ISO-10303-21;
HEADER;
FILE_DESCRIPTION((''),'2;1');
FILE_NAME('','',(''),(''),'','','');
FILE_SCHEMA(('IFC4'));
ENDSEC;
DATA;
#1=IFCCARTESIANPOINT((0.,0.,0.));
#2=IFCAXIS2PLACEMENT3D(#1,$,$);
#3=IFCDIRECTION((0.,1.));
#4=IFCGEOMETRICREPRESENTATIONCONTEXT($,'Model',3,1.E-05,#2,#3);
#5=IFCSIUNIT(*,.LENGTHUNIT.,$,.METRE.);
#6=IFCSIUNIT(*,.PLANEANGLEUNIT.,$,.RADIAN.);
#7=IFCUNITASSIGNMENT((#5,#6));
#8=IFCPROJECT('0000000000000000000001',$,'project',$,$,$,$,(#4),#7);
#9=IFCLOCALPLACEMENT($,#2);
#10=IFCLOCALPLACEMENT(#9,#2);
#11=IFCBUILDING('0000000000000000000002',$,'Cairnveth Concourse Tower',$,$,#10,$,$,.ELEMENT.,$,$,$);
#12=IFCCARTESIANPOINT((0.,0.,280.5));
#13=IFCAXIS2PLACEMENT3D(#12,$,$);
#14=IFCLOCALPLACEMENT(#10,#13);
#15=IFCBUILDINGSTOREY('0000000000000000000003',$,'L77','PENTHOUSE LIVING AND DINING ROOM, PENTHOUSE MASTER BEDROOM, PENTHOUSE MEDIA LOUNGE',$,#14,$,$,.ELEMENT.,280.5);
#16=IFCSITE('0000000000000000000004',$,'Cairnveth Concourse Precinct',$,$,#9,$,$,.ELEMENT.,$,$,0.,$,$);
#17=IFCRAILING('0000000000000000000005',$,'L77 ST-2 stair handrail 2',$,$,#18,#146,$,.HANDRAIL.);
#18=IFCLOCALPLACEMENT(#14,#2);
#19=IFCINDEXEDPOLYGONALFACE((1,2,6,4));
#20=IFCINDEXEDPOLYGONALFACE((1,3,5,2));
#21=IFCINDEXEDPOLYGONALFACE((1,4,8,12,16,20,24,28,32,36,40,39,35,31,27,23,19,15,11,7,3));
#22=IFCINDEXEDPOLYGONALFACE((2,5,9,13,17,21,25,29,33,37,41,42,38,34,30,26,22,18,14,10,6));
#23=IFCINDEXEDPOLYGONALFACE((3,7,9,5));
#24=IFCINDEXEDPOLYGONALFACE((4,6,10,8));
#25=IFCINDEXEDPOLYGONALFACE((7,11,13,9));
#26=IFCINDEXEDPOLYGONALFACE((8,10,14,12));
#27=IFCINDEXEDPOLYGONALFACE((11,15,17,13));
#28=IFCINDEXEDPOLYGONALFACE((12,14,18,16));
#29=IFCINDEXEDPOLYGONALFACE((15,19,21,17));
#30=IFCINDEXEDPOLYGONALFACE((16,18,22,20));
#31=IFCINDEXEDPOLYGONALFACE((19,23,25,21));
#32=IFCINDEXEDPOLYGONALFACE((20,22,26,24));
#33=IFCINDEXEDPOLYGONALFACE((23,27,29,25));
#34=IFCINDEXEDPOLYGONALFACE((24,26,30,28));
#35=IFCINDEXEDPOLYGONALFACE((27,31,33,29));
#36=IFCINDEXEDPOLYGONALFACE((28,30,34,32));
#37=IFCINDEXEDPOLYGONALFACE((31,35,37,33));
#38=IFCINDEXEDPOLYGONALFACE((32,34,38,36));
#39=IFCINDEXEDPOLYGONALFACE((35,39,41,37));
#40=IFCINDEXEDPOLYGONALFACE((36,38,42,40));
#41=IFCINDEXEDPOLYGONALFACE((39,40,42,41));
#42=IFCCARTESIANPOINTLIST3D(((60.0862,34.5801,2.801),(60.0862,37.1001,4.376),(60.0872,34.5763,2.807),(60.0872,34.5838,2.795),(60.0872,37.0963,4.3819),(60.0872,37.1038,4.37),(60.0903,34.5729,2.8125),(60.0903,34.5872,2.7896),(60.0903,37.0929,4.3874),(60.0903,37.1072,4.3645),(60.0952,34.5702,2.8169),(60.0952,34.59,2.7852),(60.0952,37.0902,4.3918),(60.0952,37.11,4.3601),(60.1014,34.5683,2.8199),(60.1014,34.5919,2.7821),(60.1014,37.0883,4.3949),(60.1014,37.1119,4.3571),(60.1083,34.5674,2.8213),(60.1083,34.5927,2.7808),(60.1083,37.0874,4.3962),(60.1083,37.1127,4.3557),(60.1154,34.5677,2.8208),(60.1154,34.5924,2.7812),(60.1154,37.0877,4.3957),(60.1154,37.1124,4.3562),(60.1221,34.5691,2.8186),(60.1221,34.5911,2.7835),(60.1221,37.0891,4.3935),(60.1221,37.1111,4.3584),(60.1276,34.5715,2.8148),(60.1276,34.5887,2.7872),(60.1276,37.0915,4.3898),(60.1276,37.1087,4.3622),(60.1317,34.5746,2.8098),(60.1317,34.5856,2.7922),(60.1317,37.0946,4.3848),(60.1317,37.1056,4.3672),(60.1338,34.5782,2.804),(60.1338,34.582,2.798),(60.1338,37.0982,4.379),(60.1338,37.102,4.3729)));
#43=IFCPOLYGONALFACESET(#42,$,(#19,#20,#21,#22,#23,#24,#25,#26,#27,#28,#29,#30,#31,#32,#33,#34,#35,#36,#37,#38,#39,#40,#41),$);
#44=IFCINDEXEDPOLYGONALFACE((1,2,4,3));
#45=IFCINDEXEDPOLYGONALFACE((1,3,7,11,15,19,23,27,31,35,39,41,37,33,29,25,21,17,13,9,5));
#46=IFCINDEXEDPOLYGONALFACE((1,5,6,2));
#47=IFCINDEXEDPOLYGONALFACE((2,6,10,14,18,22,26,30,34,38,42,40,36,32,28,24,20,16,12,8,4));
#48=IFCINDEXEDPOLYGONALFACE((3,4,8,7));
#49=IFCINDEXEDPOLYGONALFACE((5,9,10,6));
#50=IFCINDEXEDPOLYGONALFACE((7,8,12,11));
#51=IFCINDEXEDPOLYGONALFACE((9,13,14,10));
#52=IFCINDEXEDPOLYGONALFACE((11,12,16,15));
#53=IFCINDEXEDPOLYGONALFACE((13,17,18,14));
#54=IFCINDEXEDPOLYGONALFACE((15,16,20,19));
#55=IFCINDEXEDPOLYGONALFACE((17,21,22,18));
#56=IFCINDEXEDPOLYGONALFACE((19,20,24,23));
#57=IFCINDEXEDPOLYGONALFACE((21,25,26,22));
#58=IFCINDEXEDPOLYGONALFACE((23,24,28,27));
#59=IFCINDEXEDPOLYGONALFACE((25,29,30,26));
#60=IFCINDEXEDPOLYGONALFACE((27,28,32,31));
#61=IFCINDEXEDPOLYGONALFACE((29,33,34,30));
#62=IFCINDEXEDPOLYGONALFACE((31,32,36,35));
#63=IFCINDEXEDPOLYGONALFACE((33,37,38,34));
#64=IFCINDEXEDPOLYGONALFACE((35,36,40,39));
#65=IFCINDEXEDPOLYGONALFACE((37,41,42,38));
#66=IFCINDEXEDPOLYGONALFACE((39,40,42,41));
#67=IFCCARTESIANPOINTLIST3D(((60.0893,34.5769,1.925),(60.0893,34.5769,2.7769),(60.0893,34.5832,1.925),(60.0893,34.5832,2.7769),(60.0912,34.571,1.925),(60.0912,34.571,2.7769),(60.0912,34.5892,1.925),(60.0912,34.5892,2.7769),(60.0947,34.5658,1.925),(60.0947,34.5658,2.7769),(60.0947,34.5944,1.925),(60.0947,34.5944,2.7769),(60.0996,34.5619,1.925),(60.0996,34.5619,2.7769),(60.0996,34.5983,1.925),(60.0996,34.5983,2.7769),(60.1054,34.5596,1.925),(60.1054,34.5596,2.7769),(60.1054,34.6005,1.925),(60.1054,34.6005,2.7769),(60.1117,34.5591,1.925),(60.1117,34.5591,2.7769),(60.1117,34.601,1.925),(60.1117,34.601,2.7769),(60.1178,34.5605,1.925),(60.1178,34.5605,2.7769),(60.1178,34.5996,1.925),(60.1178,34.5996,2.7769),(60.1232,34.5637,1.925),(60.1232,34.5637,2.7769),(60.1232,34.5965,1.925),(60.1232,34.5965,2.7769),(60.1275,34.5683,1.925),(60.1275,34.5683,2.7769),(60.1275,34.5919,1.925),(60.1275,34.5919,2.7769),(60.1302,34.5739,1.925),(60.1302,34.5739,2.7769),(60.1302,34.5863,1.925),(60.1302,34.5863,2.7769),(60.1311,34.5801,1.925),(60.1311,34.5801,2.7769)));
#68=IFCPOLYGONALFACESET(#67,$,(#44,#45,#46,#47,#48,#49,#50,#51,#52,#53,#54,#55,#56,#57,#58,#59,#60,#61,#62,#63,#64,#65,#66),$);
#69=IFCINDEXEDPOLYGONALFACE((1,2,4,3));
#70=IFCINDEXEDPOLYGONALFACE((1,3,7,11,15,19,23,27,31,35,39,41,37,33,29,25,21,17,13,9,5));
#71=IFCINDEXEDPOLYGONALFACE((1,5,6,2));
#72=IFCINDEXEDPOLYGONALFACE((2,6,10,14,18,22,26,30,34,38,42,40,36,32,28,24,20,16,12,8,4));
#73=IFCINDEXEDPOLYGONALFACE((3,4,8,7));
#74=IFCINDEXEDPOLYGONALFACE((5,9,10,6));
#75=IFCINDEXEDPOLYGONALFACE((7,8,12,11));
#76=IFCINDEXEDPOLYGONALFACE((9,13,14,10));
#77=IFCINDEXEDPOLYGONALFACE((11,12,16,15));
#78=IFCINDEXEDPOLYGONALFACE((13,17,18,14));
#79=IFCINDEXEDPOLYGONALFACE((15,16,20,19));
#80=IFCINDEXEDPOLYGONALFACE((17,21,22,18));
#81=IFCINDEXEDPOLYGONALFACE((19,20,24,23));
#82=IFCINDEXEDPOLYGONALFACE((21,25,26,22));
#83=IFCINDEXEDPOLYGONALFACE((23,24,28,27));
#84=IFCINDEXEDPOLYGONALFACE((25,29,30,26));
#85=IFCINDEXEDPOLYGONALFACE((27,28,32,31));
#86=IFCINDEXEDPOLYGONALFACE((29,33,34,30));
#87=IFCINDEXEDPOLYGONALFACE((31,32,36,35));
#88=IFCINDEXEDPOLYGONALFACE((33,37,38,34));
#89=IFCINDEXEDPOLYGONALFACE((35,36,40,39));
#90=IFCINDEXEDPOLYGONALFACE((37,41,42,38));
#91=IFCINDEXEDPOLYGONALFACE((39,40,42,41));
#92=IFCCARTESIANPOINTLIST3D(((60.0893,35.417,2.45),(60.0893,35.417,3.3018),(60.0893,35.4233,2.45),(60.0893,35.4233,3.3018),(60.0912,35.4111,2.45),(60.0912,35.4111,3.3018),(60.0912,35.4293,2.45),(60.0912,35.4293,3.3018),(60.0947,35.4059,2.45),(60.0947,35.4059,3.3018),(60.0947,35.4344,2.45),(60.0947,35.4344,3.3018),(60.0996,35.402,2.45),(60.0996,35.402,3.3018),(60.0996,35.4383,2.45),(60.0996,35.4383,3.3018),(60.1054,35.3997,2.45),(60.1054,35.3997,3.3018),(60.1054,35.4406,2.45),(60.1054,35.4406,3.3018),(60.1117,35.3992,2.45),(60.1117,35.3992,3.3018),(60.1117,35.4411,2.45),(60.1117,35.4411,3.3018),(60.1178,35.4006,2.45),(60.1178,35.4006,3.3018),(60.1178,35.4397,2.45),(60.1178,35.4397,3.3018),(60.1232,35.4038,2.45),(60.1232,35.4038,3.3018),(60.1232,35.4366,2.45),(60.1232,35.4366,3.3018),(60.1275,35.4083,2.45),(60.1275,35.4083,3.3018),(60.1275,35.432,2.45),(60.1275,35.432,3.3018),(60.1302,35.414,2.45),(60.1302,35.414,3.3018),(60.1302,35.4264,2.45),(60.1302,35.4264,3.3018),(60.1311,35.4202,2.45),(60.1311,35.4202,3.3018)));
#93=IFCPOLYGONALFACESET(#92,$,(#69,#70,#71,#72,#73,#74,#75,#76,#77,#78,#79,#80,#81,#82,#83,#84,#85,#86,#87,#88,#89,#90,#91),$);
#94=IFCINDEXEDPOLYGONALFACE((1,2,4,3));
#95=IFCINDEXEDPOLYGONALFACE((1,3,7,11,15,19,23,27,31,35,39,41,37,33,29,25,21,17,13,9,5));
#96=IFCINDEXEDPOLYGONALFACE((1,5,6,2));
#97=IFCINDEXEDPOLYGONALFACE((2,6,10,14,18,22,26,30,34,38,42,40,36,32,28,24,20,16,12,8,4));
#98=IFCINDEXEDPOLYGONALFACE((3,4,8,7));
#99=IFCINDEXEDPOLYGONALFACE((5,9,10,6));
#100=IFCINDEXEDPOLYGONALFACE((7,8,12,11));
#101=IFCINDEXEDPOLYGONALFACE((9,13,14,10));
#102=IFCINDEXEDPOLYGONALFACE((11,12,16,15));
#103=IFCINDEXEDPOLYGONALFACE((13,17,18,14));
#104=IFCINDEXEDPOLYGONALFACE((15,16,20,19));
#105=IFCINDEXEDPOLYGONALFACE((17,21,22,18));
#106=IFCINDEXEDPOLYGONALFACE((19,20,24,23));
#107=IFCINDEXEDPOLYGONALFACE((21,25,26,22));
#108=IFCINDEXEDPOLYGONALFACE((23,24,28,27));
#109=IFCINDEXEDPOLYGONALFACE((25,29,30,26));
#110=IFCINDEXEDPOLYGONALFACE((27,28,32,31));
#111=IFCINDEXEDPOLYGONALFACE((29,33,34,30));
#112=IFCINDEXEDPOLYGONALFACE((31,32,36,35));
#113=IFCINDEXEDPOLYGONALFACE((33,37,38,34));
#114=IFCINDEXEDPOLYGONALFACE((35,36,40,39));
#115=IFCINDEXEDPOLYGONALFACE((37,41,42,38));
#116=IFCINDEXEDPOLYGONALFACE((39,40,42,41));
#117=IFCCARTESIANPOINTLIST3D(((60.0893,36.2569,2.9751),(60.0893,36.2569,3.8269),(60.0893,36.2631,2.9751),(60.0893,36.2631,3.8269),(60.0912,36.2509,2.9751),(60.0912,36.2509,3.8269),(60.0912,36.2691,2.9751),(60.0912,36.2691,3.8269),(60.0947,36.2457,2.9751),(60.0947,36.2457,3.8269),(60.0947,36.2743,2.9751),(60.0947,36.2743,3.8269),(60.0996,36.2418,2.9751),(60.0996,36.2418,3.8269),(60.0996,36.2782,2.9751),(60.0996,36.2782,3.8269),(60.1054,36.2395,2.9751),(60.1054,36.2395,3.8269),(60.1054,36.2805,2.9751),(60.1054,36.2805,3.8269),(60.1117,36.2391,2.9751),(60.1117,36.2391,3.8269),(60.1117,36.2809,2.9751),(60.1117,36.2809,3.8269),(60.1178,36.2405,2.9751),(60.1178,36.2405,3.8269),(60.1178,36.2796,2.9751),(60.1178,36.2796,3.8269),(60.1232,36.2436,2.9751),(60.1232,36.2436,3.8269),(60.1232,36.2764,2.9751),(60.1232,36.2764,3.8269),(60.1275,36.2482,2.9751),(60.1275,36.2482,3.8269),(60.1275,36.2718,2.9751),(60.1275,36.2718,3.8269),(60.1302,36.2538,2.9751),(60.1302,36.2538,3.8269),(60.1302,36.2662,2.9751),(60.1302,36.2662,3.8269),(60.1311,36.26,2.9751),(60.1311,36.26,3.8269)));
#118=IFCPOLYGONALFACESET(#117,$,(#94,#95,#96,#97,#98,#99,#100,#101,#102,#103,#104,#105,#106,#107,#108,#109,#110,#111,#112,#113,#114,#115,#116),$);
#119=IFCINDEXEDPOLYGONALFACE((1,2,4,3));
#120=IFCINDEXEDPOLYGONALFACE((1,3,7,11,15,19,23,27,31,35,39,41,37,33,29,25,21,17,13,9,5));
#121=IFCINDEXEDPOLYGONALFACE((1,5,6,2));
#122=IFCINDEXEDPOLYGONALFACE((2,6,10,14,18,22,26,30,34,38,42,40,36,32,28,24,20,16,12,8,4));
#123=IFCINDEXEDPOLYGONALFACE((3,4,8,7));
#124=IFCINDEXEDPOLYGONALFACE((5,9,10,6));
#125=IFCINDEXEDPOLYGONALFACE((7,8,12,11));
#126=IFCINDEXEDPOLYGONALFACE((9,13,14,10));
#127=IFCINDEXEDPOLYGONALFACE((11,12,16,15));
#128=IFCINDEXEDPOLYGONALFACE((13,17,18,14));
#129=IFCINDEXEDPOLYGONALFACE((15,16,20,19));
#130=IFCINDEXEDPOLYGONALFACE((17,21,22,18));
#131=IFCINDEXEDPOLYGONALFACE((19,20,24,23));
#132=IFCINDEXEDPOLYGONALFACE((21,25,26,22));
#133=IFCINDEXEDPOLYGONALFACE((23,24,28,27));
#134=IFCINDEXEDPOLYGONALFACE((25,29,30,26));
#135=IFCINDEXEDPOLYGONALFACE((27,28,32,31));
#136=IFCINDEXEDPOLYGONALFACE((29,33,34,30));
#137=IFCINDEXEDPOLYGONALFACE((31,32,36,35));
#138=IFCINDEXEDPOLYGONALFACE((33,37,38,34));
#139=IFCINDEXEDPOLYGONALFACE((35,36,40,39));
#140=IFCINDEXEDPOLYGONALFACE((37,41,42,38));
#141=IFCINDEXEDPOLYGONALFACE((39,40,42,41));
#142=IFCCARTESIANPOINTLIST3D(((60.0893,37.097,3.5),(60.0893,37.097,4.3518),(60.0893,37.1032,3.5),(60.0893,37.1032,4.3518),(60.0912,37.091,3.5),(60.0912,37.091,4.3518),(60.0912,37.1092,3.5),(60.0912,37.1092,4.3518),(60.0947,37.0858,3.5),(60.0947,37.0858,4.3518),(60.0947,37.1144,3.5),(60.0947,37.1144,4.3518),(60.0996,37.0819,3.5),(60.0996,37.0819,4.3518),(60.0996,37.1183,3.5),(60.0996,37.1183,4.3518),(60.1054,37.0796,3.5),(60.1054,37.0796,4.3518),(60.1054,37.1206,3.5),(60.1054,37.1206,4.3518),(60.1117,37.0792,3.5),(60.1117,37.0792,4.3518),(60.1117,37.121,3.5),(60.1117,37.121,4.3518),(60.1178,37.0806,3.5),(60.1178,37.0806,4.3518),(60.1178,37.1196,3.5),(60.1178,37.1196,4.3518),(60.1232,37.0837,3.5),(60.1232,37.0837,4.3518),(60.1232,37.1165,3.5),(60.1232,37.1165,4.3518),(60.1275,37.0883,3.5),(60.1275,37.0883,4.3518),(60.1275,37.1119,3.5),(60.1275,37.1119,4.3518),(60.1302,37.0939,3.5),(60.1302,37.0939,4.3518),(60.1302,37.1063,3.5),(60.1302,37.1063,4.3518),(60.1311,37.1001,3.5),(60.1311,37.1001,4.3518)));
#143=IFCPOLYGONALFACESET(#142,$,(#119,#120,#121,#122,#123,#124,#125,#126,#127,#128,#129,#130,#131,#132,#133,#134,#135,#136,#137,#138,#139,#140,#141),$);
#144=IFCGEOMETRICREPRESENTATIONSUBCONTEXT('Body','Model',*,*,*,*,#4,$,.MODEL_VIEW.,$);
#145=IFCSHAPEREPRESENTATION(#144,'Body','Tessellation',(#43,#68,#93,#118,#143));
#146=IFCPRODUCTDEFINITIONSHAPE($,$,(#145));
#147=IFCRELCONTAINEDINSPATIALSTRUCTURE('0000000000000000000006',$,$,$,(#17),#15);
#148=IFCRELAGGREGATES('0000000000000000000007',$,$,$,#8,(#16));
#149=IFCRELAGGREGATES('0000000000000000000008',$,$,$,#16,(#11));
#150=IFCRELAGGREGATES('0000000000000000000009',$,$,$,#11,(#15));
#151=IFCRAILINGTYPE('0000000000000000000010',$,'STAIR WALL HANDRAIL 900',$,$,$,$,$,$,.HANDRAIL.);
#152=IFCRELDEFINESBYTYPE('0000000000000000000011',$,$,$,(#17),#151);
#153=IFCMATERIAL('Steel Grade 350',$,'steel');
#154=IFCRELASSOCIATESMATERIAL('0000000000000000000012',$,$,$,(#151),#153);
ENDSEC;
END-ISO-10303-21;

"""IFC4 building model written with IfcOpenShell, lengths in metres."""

from ifc_helpers import new_model, si_unit, direction, frame, origin, origin_2d, place, context, subcontext, project, spatial, circle, extrude, material, type_object, element, save


model = new_model("IFC4")

# Units and contexts
model_context = context("Model", 3, precision=1e-05, world=origin(), true_north=direction((0.0, 1.0)))
body_context = subcontext(model_context, "Body", "Model", "MODEL_VIEW")
ifc_project = project(units=[si_unit("LENGTHUNIT", "METRE"), si_unit("PLANEANGLEUNIT", "RADIAN")], contexts=[model_context])

# Site, building, storey
site_placement = place(None, origin())
site = spatial("IfcSite", under=ifc_project, at=site_placement, Name="Cairnveth Concourse Precinct", CompositionType="ELEMENT", RefElevation=0.0)
building_placement = place(site_placement, origin())
building = spatial("IfcBuilding", under=site, at=building_placement, Name="Cairnveth Concourse Tower", CompositionType="ELEMENT")
storey_placement = place(building_placement, frame((0.0, 0.0, 280.5)))
storey = spatial("IfcBuildingStorey", under=building, at=storey_placement, Name="L77", Description="PENTHOUSE LIVING AND DINING ROOM, PENTHOUSE MASTER BEDROOM, PENTHOUSE MEDIA LOUNGE", CompositionType="ELEMENT", Elevation=280.5)

# Shared definitions
ifc_material_1 = material(Name="Steel Grade 350", Category="steel")

# Railing
railing_type_1 = type_object("IfcRailingType", Name="STAIR WALL HANDRAIL 900", PredefinedType="HANDRAIL", material=ifc_material_1)
railing_1_placement = place(storey_placement, frame((60.1101, 34.5801, 1.925)))
element("IfcRailing", 1, at=railing_1_placement, inside=storey, type_object=railing_type_1, Name="L77 ST-2 stair handrail 2", PredefinedType="HANDRAIL", context=body_context, shape_type="SweptSolid", body=[
    extrude(circle(Radius=0.0239, at=origin_2d()), frame((0.0, 0.0, 0.876), z_axis=(0.0, 0.848008, 0.529984), x_axis=(-1.0, 0.0, 0.0)), (0.0, 0.0, 1.0), 2.9717),
    extrude(circle(Radius=0.021, at=origin_2d()), origin(), (0.0, 0.0, 1.0), 0.8518),
    extrude(circle(Radius=0.021, at=origin_2d()), frame((0.0, 0.8401, 0.5249)), (0.0, 0.0, 1.0), 0.8518),
    extrude(circle(Radius=0.021, at=origin_2d()), frame((0.0, 1.6799, 1.05)), (0.0, 0.0, 1.0), 0.8518),
    extrude(circle(Radius=0.021, at=origin_2d()), frame((0.0, 2.52, 1.575)), (0.0, 0.0, 1.0), 0.8518),
])

save(model, "model.ifc")
